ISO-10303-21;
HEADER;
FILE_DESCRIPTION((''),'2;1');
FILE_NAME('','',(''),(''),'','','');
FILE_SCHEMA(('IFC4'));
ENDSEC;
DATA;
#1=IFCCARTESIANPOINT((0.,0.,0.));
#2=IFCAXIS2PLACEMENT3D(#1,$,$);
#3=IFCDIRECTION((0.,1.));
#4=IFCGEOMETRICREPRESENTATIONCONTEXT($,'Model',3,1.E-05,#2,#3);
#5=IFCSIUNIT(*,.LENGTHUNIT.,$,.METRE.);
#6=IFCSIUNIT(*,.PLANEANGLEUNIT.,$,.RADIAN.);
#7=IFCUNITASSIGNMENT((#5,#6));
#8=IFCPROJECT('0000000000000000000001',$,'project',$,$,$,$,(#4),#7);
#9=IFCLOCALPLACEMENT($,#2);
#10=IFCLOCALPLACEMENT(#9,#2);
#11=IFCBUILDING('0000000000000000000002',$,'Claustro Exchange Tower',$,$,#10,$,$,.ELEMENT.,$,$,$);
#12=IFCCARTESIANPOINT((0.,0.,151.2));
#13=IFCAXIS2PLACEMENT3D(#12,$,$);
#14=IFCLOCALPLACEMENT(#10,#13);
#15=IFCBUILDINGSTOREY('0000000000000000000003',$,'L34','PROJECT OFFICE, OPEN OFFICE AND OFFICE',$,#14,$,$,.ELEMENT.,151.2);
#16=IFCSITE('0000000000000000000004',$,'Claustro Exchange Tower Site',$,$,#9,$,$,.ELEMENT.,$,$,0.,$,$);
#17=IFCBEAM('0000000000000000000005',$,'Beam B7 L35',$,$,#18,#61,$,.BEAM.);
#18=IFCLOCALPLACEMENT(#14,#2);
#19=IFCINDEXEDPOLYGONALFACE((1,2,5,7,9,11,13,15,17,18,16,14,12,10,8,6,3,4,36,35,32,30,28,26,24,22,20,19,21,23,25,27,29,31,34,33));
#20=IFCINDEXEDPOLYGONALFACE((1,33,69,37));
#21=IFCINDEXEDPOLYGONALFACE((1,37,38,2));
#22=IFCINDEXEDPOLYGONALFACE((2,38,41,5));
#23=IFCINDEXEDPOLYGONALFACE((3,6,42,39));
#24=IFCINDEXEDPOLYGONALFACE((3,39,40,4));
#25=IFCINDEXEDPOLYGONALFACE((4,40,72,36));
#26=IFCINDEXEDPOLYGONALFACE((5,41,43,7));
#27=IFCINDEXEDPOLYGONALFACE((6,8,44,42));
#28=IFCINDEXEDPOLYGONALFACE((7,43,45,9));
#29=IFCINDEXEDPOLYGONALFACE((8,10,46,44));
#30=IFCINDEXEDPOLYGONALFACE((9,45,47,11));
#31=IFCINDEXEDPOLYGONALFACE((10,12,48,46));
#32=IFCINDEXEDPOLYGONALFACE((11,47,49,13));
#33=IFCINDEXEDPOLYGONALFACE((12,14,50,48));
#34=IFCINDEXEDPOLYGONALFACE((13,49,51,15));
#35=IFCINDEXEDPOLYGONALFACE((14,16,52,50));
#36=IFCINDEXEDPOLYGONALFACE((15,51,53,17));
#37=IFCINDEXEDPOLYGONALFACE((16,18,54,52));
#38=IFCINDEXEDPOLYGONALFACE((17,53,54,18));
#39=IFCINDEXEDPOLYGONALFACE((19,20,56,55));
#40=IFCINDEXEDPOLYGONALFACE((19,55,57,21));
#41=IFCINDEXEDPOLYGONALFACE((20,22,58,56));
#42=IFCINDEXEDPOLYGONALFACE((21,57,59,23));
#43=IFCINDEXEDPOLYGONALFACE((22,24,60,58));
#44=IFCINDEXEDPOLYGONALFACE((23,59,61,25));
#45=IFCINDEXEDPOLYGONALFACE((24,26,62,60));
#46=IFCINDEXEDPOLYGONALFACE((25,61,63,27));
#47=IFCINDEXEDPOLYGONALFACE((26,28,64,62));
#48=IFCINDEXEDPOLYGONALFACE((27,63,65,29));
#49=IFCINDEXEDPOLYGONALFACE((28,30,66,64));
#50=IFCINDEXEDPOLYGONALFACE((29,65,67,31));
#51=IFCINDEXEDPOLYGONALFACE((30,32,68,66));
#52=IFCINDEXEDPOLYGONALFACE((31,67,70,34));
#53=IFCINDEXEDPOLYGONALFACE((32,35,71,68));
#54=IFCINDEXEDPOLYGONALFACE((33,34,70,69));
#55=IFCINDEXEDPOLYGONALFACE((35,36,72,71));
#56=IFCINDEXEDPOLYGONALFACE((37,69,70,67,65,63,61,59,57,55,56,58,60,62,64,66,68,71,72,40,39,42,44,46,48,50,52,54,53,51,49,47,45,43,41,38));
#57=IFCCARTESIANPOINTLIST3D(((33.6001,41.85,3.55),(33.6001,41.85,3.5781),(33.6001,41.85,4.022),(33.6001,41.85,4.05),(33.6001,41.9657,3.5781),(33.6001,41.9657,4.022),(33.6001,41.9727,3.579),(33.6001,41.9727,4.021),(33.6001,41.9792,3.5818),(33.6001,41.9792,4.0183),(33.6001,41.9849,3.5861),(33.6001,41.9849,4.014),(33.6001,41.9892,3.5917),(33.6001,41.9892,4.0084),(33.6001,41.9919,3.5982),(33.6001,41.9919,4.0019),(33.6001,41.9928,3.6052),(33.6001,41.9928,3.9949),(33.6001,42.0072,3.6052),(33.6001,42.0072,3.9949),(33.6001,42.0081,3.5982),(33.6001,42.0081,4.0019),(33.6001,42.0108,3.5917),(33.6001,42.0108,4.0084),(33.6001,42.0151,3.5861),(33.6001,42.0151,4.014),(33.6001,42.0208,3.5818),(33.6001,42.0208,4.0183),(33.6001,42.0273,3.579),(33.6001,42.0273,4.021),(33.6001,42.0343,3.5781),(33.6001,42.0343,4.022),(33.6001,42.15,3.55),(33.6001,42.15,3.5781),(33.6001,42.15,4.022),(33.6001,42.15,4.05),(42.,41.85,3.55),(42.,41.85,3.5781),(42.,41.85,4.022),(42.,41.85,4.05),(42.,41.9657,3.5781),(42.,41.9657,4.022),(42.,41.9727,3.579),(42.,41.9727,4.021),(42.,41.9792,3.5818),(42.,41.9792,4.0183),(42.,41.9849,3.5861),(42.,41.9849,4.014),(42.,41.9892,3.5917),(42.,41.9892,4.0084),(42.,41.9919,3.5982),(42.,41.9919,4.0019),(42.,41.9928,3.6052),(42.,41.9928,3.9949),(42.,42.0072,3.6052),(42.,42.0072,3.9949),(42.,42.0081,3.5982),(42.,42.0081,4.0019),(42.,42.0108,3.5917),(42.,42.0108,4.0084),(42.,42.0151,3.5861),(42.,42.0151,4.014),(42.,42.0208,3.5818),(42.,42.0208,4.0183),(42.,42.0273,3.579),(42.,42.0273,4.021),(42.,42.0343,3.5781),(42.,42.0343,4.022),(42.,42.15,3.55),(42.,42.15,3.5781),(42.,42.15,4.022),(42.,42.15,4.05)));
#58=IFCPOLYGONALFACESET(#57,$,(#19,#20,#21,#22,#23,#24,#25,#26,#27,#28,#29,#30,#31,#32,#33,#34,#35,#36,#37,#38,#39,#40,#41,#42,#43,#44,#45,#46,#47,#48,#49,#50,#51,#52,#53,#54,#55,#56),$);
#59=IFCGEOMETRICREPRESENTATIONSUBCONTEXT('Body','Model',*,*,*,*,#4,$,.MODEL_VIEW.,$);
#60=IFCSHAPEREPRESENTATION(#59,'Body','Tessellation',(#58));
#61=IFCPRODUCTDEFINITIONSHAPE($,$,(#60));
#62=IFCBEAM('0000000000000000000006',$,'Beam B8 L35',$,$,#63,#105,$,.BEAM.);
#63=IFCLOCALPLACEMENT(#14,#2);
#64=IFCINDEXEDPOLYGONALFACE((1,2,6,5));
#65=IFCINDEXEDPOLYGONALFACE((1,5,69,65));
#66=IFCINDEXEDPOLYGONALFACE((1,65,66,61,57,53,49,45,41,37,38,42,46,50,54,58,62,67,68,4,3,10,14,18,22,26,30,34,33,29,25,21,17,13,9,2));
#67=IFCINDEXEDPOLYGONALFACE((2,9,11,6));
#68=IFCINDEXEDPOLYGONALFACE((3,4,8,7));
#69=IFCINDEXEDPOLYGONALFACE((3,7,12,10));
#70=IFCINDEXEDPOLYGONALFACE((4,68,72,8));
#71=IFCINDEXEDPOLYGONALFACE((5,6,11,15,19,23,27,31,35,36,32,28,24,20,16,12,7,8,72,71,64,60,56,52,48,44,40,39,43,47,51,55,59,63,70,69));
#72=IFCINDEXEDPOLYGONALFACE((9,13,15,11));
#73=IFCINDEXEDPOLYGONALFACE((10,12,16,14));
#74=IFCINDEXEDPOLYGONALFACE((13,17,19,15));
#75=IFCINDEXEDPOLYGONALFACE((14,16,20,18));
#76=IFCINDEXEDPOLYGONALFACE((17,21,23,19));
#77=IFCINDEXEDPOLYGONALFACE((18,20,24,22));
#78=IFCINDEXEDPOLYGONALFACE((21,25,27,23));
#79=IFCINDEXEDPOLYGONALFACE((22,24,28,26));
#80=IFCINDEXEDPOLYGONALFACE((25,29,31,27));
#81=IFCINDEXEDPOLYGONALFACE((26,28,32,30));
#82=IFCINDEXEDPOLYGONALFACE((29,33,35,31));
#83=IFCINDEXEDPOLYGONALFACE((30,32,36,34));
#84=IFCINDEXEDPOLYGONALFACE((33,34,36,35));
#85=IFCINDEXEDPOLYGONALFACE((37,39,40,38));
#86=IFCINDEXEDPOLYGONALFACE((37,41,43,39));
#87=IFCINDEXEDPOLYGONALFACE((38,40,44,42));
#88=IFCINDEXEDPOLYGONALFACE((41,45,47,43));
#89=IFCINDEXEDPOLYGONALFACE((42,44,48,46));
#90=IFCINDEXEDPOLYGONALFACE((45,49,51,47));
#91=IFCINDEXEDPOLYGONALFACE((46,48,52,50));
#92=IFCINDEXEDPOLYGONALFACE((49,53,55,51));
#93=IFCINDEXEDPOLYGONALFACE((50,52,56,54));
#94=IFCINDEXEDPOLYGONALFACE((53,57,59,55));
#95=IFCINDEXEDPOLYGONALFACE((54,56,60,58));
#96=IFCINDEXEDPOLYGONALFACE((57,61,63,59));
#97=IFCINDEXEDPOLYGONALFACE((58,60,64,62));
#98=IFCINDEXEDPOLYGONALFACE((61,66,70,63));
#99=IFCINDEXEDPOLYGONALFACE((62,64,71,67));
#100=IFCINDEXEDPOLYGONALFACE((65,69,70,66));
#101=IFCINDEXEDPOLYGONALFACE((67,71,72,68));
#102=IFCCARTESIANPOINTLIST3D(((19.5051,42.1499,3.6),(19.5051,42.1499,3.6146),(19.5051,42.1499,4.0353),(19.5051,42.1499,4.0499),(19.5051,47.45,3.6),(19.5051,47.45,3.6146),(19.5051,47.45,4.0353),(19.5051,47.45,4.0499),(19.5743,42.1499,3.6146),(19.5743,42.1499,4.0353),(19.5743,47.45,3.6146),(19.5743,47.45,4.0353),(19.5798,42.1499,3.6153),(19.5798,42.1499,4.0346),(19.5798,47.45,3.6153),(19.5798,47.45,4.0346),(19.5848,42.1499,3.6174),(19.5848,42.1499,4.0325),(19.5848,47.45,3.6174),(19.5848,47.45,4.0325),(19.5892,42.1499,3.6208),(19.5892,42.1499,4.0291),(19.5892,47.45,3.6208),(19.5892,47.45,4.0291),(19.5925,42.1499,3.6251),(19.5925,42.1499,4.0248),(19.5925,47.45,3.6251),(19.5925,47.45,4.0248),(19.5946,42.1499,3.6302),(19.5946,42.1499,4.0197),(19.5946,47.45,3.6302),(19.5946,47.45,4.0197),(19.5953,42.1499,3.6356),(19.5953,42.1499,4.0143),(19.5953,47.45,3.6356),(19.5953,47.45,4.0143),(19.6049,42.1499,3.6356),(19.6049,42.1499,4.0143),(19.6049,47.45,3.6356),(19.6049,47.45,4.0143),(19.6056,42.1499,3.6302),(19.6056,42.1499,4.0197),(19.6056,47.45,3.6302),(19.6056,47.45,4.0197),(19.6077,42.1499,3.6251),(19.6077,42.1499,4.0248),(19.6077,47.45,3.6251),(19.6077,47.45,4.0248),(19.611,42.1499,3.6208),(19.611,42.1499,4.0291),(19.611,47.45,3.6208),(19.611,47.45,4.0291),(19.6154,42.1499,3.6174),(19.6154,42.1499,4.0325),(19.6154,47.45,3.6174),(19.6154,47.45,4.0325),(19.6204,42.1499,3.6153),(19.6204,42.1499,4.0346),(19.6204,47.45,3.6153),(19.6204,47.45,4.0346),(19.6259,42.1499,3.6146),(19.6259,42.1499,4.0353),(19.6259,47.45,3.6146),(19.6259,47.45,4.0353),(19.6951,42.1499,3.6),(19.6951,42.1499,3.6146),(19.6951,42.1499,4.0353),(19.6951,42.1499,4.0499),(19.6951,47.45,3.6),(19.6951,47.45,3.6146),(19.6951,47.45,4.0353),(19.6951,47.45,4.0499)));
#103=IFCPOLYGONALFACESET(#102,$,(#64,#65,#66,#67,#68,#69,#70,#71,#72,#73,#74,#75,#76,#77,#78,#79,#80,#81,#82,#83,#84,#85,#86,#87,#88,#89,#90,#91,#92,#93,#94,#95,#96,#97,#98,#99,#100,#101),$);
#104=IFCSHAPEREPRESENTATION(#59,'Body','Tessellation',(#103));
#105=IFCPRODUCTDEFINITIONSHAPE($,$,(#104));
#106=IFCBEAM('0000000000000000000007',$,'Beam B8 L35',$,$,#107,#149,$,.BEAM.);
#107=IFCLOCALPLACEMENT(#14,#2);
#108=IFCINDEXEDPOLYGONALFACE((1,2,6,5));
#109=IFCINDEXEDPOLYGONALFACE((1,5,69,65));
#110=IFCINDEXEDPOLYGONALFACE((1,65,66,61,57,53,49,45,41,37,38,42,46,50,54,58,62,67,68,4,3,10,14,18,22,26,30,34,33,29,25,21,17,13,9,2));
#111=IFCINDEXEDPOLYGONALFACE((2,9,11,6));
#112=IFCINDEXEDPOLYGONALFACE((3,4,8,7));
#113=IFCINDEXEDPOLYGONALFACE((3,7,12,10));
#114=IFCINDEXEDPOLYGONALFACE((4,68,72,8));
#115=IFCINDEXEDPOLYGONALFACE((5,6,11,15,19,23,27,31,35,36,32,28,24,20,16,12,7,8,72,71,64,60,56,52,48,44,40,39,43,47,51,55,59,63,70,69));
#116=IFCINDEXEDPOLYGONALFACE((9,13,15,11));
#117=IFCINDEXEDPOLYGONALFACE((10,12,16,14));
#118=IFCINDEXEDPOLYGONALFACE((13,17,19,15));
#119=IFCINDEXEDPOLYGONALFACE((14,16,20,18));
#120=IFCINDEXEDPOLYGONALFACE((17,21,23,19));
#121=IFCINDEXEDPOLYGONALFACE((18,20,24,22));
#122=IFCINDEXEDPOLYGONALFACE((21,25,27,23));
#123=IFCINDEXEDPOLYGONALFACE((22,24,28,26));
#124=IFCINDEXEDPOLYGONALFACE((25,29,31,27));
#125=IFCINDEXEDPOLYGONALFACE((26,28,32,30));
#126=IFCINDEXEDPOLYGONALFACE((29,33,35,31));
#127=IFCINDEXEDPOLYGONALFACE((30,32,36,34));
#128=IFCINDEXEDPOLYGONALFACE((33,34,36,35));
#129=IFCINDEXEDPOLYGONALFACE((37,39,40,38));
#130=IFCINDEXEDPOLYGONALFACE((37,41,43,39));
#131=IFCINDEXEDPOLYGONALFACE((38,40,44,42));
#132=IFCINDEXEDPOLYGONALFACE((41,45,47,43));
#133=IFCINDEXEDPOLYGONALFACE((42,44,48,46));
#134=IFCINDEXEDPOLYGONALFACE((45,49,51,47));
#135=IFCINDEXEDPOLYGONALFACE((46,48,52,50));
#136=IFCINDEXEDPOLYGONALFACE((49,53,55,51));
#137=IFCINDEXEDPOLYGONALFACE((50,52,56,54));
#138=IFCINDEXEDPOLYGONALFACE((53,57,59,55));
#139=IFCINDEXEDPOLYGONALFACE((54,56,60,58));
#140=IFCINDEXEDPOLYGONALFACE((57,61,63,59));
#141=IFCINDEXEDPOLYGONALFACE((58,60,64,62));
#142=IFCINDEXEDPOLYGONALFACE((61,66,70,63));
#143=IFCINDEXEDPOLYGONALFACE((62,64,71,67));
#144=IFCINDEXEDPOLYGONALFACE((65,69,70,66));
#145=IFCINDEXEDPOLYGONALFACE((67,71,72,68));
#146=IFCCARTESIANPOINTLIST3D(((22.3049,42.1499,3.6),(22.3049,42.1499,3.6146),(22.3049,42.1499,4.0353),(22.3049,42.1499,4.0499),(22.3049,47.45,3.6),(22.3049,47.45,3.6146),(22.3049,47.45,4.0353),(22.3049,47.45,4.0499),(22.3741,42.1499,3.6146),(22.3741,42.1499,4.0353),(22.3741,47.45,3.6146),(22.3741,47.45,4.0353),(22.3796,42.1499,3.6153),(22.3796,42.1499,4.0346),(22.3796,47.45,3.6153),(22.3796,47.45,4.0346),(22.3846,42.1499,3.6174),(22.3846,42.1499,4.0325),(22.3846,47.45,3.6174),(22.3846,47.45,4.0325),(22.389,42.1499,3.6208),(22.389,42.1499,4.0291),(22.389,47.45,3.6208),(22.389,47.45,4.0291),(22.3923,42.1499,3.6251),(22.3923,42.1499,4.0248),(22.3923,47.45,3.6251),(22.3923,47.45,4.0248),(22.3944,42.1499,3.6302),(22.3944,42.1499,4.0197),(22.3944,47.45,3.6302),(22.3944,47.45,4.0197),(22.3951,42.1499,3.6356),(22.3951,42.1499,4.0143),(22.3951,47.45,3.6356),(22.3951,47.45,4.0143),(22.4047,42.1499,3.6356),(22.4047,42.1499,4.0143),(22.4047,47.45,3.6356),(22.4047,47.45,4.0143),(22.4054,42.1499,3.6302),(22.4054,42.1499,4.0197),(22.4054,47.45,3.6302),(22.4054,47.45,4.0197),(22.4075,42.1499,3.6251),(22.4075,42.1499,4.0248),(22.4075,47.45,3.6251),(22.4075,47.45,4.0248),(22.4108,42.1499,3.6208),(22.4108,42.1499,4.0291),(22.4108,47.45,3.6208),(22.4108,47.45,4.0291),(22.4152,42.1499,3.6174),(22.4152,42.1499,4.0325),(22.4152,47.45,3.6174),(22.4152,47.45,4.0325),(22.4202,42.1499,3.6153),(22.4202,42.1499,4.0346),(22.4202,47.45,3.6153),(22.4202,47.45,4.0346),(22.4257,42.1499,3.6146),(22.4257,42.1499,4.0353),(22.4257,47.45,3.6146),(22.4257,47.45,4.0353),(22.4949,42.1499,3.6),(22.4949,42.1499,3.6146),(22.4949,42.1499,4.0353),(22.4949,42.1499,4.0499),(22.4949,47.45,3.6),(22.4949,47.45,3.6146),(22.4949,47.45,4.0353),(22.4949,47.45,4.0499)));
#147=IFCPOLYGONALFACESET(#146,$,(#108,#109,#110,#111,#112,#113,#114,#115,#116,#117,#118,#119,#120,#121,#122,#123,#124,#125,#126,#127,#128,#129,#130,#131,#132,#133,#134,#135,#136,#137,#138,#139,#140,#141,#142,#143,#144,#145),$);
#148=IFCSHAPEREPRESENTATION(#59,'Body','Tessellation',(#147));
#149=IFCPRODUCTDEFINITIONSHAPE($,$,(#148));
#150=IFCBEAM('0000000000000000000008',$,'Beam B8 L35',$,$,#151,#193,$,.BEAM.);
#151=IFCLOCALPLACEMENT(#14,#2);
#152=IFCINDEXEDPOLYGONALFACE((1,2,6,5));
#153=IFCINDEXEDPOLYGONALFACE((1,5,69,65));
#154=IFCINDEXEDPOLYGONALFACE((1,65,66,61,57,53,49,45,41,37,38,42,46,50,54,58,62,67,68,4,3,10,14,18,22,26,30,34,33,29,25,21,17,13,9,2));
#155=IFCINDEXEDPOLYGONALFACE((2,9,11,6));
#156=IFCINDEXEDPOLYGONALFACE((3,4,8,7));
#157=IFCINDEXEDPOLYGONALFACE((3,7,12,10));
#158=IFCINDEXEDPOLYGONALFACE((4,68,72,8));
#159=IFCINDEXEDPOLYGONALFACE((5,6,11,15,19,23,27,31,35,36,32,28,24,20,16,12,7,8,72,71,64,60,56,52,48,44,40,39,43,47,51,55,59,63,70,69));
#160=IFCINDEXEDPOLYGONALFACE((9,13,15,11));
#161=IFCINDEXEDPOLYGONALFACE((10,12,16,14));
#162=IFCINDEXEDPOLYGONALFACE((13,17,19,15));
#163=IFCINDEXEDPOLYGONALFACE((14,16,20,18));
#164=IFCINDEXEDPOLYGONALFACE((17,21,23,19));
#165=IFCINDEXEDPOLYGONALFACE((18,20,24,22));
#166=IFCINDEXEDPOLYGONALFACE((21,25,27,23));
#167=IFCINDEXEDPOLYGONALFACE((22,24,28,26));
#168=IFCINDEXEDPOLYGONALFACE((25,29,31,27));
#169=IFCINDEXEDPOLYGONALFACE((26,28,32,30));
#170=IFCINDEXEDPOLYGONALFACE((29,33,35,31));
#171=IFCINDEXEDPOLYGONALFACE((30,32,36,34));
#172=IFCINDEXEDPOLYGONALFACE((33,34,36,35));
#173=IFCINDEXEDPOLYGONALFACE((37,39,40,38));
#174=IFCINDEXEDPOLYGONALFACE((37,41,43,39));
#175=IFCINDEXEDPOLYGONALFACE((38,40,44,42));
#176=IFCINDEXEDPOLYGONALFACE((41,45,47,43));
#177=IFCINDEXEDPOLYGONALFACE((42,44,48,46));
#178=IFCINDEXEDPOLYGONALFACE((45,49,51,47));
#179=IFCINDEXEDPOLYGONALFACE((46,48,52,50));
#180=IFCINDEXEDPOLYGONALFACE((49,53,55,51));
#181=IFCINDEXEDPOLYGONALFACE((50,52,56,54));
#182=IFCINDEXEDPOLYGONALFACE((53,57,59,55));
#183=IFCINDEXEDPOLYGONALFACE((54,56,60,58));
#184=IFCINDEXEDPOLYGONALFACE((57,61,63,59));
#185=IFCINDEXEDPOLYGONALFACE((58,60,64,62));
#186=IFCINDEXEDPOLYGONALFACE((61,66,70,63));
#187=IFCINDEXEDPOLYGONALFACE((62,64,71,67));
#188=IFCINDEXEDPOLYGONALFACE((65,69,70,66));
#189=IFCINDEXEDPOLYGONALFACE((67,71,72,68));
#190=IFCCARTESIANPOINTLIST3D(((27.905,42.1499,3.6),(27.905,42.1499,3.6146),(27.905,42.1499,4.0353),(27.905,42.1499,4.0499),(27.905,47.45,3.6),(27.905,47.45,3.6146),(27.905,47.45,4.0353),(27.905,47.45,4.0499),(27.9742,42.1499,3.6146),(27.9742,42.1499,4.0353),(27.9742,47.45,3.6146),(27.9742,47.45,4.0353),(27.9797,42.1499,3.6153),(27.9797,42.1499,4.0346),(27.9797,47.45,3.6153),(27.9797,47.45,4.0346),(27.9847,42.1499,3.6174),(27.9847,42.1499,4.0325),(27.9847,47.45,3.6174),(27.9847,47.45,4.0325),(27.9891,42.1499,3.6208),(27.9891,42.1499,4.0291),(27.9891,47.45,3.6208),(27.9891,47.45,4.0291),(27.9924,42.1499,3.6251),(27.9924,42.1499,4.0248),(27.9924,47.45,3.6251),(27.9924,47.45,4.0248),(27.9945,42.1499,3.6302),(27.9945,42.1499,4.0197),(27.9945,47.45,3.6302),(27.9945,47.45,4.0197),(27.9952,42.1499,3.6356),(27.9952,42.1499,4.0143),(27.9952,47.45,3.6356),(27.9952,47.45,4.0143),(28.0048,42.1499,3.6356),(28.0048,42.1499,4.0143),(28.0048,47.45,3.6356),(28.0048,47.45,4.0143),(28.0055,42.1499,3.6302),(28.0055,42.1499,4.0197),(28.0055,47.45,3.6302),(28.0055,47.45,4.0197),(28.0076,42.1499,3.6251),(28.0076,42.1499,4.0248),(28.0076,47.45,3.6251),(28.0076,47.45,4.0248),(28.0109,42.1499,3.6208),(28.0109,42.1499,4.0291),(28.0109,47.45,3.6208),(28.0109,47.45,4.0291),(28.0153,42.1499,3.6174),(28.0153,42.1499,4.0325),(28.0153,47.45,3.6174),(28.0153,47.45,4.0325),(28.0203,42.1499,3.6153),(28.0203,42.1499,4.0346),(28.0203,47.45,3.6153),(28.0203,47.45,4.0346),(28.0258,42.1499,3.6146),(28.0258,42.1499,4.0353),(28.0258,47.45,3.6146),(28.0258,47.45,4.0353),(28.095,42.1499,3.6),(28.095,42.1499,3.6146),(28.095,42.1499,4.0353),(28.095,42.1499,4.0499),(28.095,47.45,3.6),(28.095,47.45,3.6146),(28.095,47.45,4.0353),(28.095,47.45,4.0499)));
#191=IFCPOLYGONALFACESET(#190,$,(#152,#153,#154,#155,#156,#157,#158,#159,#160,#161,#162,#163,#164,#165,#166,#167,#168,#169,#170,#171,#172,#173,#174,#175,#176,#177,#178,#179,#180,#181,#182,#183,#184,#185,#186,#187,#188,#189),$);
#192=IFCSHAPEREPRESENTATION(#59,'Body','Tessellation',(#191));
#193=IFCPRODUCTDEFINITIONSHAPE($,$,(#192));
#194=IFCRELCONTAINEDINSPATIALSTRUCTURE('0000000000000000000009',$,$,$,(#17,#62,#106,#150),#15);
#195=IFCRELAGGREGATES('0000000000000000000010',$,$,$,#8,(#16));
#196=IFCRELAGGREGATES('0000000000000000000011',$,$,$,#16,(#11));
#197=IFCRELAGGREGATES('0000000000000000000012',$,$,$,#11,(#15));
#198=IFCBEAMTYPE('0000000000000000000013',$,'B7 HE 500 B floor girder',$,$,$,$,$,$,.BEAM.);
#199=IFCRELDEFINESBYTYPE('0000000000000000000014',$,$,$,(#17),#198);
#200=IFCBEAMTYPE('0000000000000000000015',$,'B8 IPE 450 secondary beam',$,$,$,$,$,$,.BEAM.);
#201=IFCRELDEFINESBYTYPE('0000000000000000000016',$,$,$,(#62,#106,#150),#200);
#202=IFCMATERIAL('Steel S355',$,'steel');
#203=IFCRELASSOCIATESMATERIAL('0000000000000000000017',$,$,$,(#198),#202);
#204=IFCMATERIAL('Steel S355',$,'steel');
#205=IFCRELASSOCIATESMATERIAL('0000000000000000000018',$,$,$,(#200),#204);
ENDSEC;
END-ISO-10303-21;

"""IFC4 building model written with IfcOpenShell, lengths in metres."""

from ifc_helpers import new_model, si_unit, direction, frame, origin, origin_2d, place, context, subcontext, project, spatial, i_section, extrude, material, material_profile, profile_set, type_object, element, save


model = new_model("IFC4")

# Units and contexts
model_context = context("Model", 3, precision=1e-05, world=origin(), true_north=direction((0.0, 1.0)))
body_context = subcontext(model_context, "Body", "Model", "MODEL_VIEW")
ifc_project = project(units=[si_unit("LENGTHUNIT", "METRE"), si_unit("PLANEANGLEUNIT", "RADIAN")], contexts=[model_context])

# Site, building, storey
site_placement = place(None, origin())
site = spatial("IfcSite", under=ifc_project, at=site_placement, Name="Claustro Exchange Tower Site", CompositionType="ELEMENT", RefElevation=0.0)
building_placement = place(site_placement, origin())
building = spatial("IfcBuilding", under=site, at=building_placement, Name="Claustro Exchange Tower", CompositionType="ELEMENT")
storey_placement = place(building_placement, frame((0.0, 0.0, 151.2)))
storey = spatial("IfcBuildingStorey", under=building, at=storey_placement, Name="L34", Description="PROJECT OFFICE, OPEN OFFICE AND OFFICE", CompositionType="ELEMENT", Elevation=151.2)

# Beams
ifc_material_1 = material(Name="Steel S355", Category="steel")
ifc_material_profile_1 = material_profile(ifc_material_1, i_section(OverallWidth=0.3, OverallDepth=0.5, WebThickness=0.0144, FlangeThickness=0.0281, FilletRadius=0.0271, at=origin_2d()), Name="HE 500 B")
ifc_profile_set_1 = profile_set([ifc_material_profile_1], Name="Steel S355")
beam_type_1 = type_object("IfcBeamType", Name="B7 HE 500 B floor girder", PredefinedType="BEAM", material=ifc_profile_set_1)
beam_1_placement = place(storey_placement, frame((33.6001, 42.0, 3.8), z_axis=(1.0, 0.0, 0.0), x_axis=(0.0, 1.0, 0.0)))
element("IfcBeam", 1, at=beam_1_placement, inside=storey, type_object=beam_type_1, Name="Beam B7 L35", PredefinedType="BEAM", context=body_context, shape_type="SweptSolid", body=[
    extrude(i_section(OverallWidth=0.3, OverallDepth=0.5, WebThickness=0.0144, FlangeThickness=0.0281, FilletRadius=0.0271, at=origin_2d()), origin(), (0.0, 0.0, 1.0), 8.3999),
])
ifc_material_2 = material(Name="Steel S355", Category="steel")
ifc_material_profile_2 = material_profile(ifc_material_2, i_section(OverallWidth=0.1899, OverallDepth=0.45, WebThickness=0.0095, FlangeThickness=0.0146, FilletRadius=0.021, at=origin_2d()), Name="IPE 450")
ifc_profile_set_2 = profile_set([ifc_material_profile_2], Name="Steel S355")
beam_type_2 = type_object("IfcBeamType", Name="B8 IPE 450 secondary beam", PredefinedType="BEAM", material=ifc_profile_set_2)
for number, where, z_axis, x_axis, name in (
    (2, (19.6001, 42.1499, 3.825), (0.0, 1.0, 0.0), (-1.0, 0.0, 0.0), "Beam B8 L35"),
    (3, (22.3999, 42.1499, 3.825), (0.0, 1.0, 0.0), (-1.0, 0.0, 0.0), "Beam B8 L35"),
    (4, (28.0, 42.1499, 3.825), (0.0, 1.0, 0.0), (-1.0, 0.0, 0.0), "Beam B8 L35"),
):
    element("IfcBeam", number, at=place(storey_placement, frame(where, z_axis=z_axis, x_axis=x_axis)), inside=storey, type_object=beam_type_2, Name=name, PredefinedType="BEAM", context=body_context, shape_type="SweptSolid", body=[
        extrude(i_section(OverallWidth=0.1899, OverallDepth=0.45, WebThickness=0.0095, FlangeThickness=0.0146, FilletRadius=0.021, at=origin_2d()), origin(), (0.0, 0.0, 1.0), 5.3),
    ])

save(model, "model.ifc")
